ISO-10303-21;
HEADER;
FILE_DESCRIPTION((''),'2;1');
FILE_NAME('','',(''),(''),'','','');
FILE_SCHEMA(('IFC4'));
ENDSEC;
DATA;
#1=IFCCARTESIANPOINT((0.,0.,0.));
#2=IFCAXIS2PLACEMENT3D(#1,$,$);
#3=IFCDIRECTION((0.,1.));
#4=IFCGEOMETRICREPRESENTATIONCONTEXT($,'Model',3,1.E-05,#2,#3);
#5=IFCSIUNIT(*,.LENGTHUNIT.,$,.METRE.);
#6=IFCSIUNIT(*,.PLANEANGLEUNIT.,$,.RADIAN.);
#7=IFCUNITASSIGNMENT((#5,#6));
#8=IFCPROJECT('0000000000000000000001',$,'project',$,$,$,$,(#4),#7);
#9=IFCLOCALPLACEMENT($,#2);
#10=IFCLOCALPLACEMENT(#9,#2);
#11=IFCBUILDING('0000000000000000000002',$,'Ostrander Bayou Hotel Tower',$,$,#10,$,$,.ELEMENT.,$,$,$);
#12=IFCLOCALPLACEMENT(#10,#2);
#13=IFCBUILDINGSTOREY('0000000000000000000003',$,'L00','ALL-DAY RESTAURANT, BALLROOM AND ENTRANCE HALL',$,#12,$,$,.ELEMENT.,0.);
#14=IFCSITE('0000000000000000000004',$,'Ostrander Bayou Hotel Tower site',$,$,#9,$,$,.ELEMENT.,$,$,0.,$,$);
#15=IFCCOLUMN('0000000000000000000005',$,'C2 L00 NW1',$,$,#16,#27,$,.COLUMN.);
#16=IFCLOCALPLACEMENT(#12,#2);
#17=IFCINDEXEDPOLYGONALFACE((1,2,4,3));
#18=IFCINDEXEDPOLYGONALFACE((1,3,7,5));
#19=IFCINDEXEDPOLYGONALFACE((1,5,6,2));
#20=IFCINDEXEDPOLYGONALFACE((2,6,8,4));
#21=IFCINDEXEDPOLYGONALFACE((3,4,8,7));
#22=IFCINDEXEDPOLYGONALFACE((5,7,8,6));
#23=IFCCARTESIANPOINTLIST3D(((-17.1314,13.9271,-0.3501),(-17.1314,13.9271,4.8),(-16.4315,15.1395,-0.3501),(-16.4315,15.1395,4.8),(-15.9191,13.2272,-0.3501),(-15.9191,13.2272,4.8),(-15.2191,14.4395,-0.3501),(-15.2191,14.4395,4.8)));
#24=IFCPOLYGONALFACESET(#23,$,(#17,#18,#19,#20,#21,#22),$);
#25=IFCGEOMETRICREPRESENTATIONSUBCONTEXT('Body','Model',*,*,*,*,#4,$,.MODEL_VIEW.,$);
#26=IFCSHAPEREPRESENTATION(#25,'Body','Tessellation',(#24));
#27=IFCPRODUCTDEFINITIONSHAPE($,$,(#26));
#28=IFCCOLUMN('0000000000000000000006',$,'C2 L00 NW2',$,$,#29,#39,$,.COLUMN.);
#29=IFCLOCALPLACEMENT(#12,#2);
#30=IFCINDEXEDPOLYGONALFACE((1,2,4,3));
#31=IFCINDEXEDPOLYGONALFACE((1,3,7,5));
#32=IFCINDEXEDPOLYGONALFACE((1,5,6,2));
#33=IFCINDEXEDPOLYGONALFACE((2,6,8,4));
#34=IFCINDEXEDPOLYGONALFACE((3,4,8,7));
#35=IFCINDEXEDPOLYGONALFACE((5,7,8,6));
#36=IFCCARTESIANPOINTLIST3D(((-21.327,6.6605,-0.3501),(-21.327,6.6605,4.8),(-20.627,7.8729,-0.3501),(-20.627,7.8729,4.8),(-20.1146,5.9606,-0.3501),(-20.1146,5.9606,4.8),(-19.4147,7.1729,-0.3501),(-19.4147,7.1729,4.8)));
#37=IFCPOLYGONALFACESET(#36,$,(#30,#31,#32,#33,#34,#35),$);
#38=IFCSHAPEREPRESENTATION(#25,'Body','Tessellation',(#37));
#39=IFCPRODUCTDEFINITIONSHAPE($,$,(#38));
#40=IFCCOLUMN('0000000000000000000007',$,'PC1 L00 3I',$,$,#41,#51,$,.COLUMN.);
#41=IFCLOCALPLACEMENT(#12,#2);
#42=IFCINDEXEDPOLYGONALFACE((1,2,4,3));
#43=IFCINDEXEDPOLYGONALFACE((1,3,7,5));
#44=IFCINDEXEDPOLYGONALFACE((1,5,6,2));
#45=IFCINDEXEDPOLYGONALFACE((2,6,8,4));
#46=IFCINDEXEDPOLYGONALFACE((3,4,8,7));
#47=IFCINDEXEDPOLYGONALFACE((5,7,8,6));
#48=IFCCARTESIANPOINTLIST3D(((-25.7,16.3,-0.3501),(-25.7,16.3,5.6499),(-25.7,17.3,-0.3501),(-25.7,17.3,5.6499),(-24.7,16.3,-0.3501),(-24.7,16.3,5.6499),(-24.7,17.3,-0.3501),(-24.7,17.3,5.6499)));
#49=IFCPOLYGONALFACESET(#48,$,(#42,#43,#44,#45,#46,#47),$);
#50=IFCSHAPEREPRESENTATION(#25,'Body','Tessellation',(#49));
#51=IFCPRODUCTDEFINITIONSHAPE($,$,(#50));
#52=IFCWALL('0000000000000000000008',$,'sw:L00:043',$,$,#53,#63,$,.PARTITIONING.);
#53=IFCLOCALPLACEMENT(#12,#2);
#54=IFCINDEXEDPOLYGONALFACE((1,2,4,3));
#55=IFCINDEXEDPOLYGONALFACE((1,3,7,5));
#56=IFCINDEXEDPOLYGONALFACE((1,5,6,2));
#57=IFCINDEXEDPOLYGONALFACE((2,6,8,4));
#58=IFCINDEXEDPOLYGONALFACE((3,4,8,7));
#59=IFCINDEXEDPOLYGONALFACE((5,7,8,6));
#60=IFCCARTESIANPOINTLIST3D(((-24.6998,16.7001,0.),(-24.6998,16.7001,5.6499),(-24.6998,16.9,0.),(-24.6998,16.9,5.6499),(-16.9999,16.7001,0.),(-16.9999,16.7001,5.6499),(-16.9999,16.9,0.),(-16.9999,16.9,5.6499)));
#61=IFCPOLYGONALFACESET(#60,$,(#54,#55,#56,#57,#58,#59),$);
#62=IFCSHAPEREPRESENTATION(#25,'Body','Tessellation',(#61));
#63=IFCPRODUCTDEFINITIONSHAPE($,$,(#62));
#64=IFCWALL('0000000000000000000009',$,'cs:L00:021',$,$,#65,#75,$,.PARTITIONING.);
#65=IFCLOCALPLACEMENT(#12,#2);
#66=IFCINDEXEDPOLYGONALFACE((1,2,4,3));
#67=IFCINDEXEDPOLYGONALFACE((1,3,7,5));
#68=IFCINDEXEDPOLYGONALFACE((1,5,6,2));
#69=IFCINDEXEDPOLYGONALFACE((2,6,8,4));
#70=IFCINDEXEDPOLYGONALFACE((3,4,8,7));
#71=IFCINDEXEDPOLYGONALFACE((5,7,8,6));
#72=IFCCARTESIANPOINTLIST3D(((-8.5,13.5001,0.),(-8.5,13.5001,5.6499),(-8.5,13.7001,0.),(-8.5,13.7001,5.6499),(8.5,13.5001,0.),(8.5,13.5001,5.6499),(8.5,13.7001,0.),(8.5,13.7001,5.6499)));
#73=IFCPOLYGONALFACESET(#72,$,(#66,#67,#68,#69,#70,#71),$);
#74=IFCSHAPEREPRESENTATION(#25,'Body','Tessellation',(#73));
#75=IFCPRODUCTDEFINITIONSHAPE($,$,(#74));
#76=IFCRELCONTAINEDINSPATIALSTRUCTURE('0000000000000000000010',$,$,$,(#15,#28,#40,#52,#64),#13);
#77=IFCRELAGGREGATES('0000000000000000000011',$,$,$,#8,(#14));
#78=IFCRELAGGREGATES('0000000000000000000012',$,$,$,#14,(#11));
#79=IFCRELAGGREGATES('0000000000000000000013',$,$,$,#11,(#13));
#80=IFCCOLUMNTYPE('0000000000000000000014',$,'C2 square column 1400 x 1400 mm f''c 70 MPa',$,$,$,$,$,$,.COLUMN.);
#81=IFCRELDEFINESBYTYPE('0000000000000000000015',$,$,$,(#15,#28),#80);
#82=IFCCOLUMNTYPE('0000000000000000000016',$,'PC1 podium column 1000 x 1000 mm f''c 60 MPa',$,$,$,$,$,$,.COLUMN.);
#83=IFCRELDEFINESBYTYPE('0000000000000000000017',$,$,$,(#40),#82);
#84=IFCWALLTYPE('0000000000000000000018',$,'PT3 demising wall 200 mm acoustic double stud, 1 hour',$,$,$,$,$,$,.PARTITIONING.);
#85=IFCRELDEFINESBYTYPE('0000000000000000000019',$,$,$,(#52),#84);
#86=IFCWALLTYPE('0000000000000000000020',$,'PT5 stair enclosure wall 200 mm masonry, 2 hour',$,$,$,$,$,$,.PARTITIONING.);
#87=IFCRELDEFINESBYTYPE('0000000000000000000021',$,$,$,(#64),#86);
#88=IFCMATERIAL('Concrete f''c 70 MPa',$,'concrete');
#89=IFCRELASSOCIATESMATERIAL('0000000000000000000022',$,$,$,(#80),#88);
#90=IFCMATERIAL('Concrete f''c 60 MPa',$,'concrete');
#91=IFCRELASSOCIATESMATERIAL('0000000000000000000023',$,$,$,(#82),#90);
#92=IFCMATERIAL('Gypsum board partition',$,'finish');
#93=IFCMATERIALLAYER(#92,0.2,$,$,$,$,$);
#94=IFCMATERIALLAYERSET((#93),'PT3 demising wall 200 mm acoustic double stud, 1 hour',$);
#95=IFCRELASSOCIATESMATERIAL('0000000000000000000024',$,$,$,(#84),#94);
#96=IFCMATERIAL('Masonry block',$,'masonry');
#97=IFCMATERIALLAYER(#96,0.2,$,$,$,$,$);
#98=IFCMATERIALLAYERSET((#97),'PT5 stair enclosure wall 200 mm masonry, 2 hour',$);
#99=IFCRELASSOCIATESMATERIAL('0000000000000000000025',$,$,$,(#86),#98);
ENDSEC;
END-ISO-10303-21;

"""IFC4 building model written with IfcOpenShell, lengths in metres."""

from ifc_helpers import new_model, si_unit, direction, frame, frame_2d, origin, origin_2d, place, context, subcontext, project, spatial, rectangle, extrude, material, layer, layer_set, material_profile, profile_set, type_object, element, save


model = new_model("IFC4")

# Units and contexts
model_context = context("Model", 3, precision=1e-05, world=origin(), true_north=direction((0.0, 1.0)))
body_context = subcontext(model_context, "Body", "Model", "MODEL_VIEW")
ifc_project = project(units=[si_unit("LENGTHUNIT", "METRE"), si_unit("PLANEANGLEUNIT", "RADIAN")], contexts=[model_context])

# Site, building, storey
site_placement = place(None, origin())
site = spatial("IfcSite", under=ifc_project, at=site_placement, Name="Ostrander Bayou Hotel Tower site", CompositionType="ELEMENT", RefElevation=0.0)
building_placement = place(site_placement, origin())
building = spatial("IfcBuilding", under=site, at=building_placement, Name="Ostrander Bayou Hotel Tower", CompositionType="ELEMENT")
storey_placement = place(building_placement, origin())
storey = spatial("IfcBuildingStorey", under=building, at=storey_placement, Name="L00", Description="ALL-DAY RESTAURANT, BALLROOM AND ENTRANCE HALL", CompositionType="ELEMENT", Elevation=0.0)

# Columns
ifc_material_1 = material(Name="Concrete f'c 70 MPa", Category="concrete")
ifc_material_profile_1 = material_profile(ifc_material_1, rectangle(XDim=1.3999, YDim=1.3999, at=origin_2d()))
ifc_profile_set_1 = profile_set([ifc_material_profile_1], Name="Concrete f'c 70 MPa")
column_type_1 = type_object("IfcColumnType", Name="C2 square column 1400 x 1400 mm f'c 70 MPa", PredefinedType="COLUMN", material=ifc_profile_set_1)
for number, where, z_axis, x_axis, name in (
    (1, (-16.1753, 14.1833, -0.3501), (0.0, 0.0, 1.0), (0.5, 0.866025, 0.0), "C2 L00 NW1"),
    (2, (-20.3708, 6.9167, -0.3501), (0.0, 0.0, 1.0), (0.5, 0.866025, 0.0), "C2 L00 NW2"),
):
    element("IfcColumn", number, at=place(storey_placement, frame(where, z_axis=z_axis, x_axis=x_axis)), inside=storey, type_object=column_type_1, Name=name, PredefinedType="COLUMN", context=body_context, shape_type="SweptSolid", body=[
        extrude(rectangle(XDim=1.3999, YDim=1.3999, at=origin_2d()), origin(), (0.0, 0.0, 1.0), 5.1501),
    ])
ifc_material_2 = material(Name="Concrete f'c 60 MPa", Category="concrete")
ifc_material_profile_2 = material_profile(ifc_material_2, rectangle(XDim=1.0, YDim=1.0, at=origin_2d()))
ifc_profile_set_2 = profile_set([ifc_material_profile_2], Name="Concrete f'c 60 MPa")
column_type_2 = type_object("IfcColumnType", Name="PC1 podium column 1000 x 1000 mm f'c 60 MPa", PredefinedType="COLUMN", material=ifc_profile_set_2)
column_placement = place(storey_placement, frame((-25.2, 16.8, -0.3501), z_axis=(0.0, 0.0, 1.0), x_axis=(1.0, 0.0, 0.0)))
element("IfcColumn", 3, at=column_placement, inside=storey, type_object=column_type_2, Name="PC1 L00 3I", PredefinedType="COLUMN", context=body_context, shape_type="SweptSolid", body=[
    extrude(rectangle(XDim=1.0, YDim=1.0, at=origin_2d()), origin(), (0.0, 0.0, 1.0), 6.0),
])

# Wall
ifc_material_3 = material(Name="Gypsum board partition", Category="finish")
ifc_layer_1 = layer(ifc_material_3, 0.2)
ifc_layer_set_1 = layer_set([ifc_layer_1], Name="PT3 demising wall 200 mm acoustic double stud, 1 hour")
wall_type_1 = type_object("IfcWallType", Name="PT3 demising wall 200 mm acoustic double stud, 1 hour", PredefinedType="PARTITIONING", material=ifc_layer_set_1)
wall_1_placement = place(storey_placement, frame((-24.7, 16.8, 0.0), z_axis=(0.0, 0.0, 1.0), x_axis=(1.0, 0.0, 0.0)))
element("IfcWall", 4, at=wall_1_placement, inside=storey, type_object=wall_type_1, Name="sw:L00:043", PredefinedType="PARTITIONING", context=body_context, shape_type="SweptSolid", body=[
    extrude(rectangle(XDim=7.7, YDim=0.2, at=frame_2d((3.8501, 0.0))), origin(), (0.0, 0.0, 1.0), 5.6499),
])

# Wall
ifc_material_4 = material(Name="Masonry block", Category="masonry")
ifc_layer_2 = layer(ifc_material_4, 0.2)
ifc_layer_set_2 = layer_set([ifc_layer_2], Name="PT5 stair enclosure wall 200 mm masonry, 2 hour")
wall_type_2 = type_object("IfcWallType", Name="PT5 stair enclosure wall 200 mm masonry, 2 hour", PredefinedType="PARTITIONING", material=ifc_layer_set_2)
wall_2_placement = place(storey_placement, frame((-8.5, 13.6001, 0.0), z_axis=(0.0, 0.0, 1.0), x_axis=(1.0, 0.0, 0.0)))
element("IfcWall", 5, at=wall_2_placement, inside=storey, type_object=wall_type_2, Name="cs:L00:021", PredefinedType="PARTITIONING", context=body_context, shape_type="SweptSolid", body=[
    extrude(rectangle(XDim=17.0, YDim=0.2, at=frame_2d((8.5, 0.0))), origin(), (0.0, 0.0, 1.0), 5.6499),
])

save(model, "model.ifc")
